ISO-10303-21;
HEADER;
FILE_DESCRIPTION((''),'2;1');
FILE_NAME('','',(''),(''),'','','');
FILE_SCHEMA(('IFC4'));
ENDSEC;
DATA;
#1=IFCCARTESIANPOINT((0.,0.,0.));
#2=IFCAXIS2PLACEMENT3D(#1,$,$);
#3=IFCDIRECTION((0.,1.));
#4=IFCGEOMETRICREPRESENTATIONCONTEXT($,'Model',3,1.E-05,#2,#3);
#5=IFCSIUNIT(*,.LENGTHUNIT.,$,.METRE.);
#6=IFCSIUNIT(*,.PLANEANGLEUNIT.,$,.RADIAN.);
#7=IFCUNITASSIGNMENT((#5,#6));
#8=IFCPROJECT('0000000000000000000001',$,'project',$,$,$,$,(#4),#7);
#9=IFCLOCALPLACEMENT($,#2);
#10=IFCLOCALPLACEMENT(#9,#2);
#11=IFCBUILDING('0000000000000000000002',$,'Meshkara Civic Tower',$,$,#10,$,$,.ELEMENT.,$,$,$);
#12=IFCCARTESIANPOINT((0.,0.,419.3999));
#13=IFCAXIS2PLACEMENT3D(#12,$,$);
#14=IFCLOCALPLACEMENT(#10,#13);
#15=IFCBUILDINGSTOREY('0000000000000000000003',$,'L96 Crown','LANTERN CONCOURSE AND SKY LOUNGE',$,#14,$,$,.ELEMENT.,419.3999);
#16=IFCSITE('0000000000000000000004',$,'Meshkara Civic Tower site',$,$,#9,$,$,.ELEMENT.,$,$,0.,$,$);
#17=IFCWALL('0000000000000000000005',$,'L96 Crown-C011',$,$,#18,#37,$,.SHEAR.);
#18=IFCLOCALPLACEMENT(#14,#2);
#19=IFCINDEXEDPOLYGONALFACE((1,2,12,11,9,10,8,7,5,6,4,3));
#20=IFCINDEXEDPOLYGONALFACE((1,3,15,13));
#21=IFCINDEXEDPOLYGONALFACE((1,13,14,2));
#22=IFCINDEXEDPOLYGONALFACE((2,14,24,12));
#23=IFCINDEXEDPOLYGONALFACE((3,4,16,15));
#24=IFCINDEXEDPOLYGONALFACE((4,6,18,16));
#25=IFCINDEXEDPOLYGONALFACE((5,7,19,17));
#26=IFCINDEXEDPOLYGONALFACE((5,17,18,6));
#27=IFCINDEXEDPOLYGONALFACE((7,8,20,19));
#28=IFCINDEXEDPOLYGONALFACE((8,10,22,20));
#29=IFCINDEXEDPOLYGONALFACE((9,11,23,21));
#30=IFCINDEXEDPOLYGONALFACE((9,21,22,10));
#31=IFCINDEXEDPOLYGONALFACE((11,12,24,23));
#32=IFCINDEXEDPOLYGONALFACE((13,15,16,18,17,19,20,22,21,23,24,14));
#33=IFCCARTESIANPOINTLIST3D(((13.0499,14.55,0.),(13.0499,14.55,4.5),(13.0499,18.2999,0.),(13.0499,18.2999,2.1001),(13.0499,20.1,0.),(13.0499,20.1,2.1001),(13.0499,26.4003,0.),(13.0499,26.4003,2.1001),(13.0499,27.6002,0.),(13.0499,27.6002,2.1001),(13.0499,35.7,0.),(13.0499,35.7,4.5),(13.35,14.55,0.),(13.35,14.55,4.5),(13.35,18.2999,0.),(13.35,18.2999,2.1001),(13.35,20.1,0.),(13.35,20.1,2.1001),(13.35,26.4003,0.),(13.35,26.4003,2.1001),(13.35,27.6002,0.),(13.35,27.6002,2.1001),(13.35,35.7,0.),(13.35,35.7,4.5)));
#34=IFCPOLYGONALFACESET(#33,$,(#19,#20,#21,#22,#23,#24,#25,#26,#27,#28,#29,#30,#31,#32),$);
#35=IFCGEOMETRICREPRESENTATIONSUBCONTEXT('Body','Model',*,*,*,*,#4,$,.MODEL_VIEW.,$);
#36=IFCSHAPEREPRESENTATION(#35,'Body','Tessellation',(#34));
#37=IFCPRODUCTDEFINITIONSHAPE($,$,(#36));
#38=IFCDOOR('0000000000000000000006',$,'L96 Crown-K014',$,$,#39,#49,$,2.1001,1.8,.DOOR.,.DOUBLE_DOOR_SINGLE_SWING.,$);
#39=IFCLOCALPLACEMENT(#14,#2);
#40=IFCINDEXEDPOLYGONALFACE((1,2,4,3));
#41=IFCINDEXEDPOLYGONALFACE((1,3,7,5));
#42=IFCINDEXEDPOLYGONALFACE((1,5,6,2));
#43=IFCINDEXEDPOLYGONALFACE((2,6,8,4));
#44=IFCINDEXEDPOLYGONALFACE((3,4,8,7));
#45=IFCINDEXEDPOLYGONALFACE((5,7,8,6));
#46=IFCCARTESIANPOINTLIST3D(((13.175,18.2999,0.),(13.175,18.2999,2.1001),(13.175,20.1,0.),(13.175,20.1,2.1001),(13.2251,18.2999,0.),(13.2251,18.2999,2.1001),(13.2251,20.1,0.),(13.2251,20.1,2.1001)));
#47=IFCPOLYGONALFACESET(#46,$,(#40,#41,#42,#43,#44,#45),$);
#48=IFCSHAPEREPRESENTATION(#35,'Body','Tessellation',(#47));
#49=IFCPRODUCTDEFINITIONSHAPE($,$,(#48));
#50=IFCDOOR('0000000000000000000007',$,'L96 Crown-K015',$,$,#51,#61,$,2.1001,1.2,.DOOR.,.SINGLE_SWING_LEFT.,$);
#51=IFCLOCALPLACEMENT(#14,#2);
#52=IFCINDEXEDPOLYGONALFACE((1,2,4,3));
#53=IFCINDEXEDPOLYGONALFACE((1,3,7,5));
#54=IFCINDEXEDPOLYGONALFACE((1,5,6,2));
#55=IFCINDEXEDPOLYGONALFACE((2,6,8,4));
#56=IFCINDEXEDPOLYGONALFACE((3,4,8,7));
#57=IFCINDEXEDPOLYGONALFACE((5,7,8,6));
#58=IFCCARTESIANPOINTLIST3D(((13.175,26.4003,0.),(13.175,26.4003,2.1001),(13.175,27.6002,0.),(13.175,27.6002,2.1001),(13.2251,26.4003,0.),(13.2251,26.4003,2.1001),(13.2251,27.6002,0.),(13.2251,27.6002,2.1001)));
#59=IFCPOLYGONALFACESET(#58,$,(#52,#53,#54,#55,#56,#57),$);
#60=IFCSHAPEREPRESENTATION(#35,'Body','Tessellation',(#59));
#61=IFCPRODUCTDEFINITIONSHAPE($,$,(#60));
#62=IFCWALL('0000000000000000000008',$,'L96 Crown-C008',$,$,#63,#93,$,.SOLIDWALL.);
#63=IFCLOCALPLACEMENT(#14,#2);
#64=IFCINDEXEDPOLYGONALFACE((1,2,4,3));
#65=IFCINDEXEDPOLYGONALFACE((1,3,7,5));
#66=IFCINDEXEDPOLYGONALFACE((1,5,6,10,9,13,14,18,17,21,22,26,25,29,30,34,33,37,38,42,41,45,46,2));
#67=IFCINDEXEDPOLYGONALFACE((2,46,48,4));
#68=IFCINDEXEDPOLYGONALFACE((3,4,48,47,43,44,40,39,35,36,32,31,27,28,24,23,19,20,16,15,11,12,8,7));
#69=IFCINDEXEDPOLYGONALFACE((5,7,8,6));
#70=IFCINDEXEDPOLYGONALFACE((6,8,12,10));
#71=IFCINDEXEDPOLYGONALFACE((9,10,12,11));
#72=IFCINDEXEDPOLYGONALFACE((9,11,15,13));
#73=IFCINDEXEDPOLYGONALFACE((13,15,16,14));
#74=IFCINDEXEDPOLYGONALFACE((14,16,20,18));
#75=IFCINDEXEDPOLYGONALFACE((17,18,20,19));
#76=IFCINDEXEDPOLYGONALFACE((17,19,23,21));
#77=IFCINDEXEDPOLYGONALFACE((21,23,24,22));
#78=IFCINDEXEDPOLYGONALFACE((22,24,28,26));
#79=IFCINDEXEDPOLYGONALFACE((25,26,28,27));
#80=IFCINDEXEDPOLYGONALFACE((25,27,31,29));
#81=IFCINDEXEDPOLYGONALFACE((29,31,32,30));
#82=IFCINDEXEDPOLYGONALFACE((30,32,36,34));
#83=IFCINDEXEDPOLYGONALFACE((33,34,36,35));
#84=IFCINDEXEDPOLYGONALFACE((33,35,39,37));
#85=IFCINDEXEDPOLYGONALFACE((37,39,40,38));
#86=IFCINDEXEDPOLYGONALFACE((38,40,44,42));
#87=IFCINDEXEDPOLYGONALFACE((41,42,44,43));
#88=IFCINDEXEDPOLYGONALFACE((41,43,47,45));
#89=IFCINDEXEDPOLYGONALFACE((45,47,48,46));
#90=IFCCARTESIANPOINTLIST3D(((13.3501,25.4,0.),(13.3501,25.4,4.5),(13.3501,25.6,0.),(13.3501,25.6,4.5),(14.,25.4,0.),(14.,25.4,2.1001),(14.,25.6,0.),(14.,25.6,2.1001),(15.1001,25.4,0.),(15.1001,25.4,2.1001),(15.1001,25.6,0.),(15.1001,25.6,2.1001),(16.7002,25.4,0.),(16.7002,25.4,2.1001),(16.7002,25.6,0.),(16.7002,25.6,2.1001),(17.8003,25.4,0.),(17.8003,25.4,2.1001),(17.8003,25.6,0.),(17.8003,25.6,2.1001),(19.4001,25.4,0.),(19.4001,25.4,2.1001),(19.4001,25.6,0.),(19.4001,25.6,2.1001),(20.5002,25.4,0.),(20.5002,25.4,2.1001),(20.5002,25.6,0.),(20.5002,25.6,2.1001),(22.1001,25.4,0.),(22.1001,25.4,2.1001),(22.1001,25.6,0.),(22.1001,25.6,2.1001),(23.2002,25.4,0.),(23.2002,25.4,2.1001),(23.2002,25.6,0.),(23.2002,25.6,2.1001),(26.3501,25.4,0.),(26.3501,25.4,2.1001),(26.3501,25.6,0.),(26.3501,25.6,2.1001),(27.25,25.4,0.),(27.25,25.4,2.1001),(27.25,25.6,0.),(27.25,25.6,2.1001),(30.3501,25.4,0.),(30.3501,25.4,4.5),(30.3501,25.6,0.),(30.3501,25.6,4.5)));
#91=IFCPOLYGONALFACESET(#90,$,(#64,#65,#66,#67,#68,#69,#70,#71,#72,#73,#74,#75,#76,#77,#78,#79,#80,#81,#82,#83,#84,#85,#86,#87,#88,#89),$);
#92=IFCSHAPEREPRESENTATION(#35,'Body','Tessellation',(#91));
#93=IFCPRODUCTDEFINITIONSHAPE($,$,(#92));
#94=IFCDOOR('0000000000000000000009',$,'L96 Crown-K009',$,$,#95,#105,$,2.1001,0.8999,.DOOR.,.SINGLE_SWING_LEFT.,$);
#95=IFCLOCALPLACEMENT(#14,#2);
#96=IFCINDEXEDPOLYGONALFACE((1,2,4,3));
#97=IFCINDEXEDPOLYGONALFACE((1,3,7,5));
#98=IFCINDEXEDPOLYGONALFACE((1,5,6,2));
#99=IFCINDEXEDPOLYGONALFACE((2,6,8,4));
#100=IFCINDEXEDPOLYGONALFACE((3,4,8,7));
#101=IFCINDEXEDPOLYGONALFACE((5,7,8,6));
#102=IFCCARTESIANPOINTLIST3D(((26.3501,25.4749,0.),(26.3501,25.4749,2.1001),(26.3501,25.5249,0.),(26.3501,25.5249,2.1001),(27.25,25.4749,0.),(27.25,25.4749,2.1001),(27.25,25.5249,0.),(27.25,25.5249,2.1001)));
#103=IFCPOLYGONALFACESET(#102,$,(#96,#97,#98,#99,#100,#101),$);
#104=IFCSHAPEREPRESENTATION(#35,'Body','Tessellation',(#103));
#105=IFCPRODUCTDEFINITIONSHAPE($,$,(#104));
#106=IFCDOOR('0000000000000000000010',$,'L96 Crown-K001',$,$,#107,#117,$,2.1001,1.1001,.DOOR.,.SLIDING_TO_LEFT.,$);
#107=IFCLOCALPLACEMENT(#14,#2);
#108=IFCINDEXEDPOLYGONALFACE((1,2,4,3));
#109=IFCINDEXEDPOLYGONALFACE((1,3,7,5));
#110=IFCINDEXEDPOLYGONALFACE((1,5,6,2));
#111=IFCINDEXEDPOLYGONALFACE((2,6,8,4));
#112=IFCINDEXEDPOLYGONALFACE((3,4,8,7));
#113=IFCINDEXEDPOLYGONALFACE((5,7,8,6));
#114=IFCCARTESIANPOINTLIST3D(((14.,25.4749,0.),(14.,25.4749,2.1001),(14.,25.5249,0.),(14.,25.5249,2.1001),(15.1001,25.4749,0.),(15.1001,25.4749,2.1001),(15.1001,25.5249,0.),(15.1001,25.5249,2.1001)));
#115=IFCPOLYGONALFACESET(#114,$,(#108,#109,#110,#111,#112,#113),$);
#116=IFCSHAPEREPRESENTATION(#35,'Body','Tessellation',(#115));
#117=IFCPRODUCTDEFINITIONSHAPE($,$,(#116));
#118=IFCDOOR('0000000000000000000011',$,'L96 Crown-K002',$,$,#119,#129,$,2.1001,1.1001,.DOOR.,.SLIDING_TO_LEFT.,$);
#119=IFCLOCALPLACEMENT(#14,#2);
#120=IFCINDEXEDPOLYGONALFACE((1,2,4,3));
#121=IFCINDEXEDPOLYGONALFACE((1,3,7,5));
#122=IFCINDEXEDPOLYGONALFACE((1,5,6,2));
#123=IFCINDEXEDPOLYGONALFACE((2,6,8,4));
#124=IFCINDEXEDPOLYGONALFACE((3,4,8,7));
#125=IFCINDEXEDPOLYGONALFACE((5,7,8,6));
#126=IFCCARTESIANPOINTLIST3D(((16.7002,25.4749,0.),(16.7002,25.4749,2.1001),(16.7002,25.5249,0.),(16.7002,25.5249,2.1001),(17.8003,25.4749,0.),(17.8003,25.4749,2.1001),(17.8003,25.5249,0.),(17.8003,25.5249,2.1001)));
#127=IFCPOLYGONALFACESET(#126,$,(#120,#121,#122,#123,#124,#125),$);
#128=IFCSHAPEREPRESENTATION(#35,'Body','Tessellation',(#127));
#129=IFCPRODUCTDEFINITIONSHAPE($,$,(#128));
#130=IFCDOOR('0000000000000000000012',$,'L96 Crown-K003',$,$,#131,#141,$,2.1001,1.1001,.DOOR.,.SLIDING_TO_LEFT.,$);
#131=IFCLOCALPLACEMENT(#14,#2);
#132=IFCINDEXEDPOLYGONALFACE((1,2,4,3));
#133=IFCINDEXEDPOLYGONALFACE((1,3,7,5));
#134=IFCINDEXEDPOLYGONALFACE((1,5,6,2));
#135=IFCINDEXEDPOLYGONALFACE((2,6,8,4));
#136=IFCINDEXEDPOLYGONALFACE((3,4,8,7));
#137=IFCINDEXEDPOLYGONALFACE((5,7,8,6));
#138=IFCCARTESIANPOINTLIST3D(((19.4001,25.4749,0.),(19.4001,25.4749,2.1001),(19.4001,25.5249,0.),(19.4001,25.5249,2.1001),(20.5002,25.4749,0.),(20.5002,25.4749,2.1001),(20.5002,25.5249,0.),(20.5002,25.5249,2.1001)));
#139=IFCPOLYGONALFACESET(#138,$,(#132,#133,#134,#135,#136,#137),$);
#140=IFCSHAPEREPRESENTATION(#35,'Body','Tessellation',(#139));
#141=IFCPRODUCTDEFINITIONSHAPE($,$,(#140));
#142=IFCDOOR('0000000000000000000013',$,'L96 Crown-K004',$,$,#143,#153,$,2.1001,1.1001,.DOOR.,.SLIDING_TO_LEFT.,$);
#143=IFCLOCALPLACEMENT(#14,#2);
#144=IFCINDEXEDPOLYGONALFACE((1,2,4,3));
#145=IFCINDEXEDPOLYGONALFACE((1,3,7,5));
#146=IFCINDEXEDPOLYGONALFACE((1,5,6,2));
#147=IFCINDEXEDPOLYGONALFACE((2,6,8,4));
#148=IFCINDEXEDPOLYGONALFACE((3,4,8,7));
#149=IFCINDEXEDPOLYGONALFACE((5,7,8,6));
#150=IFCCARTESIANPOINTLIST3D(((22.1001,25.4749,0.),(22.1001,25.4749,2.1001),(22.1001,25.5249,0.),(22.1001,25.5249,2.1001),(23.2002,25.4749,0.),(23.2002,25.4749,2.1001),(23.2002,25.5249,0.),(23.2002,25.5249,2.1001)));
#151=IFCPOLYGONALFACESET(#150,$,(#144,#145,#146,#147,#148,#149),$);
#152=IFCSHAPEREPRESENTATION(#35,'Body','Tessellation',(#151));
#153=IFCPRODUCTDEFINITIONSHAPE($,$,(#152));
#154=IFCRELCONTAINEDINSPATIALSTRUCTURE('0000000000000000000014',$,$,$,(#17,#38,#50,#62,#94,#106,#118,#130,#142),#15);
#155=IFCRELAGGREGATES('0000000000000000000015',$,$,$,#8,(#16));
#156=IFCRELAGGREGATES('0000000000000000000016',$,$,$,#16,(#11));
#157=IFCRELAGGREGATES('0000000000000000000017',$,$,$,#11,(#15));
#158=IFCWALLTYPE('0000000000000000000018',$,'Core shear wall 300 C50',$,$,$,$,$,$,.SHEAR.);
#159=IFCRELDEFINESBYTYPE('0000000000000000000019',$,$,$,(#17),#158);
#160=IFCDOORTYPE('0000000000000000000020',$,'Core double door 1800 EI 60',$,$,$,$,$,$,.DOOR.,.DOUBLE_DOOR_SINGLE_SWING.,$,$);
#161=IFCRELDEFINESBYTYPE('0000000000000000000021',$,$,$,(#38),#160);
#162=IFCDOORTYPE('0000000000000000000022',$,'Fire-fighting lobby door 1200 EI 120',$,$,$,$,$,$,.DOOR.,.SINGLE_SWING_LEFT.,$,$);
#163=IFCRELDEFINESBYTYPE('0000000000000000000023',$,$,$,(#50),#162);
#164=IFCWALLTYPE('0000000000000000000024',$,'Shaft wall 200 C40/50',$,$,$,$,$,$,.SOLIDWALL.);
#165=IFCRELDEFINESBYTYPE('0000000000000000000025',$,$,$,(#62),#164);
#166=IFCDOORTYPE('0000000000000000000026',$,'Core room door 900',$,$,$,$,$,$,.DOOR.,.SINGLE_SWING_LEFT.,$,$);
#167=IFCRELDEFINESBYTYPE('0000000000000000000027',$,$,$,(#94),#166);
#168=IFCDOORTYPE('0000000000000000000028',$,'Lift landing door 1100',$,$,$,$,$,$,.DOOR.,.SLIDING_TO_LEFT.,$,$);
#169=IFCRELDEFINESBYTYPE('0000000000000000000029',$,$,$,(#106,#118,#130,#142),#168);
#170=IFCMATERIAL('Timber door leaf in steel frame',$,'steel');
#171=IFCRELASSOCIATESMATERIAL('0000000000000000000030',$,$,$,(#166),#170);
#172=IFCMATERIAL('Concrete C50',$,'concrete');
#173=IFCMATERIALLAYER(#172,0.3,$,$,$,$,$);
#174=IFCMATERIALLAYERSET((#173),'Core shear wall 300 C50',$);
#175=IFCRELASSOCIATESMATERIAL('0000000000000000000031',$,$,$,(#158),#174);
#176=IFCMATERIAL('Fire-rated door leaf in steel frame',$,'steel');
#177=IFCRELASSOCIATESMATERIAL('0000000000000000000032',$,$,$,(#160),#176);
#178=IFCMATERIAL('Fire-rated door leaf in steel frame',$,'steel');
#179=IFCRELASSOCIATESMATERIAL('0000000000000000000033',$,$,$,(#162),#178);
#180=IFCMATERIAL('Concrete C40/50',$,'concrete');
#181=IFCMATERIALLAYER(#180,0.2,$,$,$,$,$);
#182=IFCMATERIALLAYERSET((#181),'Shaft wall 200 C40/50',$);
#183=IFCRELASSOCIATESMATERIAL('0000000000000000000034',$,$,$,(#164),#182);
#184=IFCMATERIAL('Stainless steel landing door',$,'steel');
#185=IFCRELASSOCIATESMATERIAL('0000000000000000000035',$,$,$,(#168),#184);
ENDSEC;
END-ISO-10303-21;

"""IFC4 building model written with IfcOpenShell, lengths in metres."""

from ifc_helpers import new_model, si_unit, direction, frame, frame_2d, origin, place, context, subcontext, project, spatial, rectangle, extrude, material, layer, layer_set, type_object, element, fill, save


model = new_model("IFC4")

# Units and contexts
model_context = context("Model", 3, precision=1e-05, world=origin(), true_north=direction((0.0, 1.0)))
body_context = subcontext(model_context, "Body", "Model", "MODEL_VIEW")
ifc_project = project(units=[si_unit("LENGTHUNIT", "METRE"), si_unit("PLANEANGLEUNIT", "RADIAN")], contexts=[model_context])

# Site, building, storey
site_placement = place(None, origin())
site = spatial("IfcSite", under=ifc_project, at=site_placement, Name="Meshkara Civic Tower site", CompositionType="ELEMENT", RefElevation=0.0)
building_placement = place(site_placement, origin())
building = spatial("IfcBuilding", under=site, at=building_placement, Name="Meshkara Civic Tower", CompositionType="ELEMENT")
storey_placement = place(building_placement, frame((0.0, 0.0, 419.3999)))
storey = spatial("IfcBuildingStorey", under=building, at=storey_placement, Name="L96 Crown", Description="LANTERN CONCOURSE AND SKY LOUNGE", CompositionType="ELEMENT", Elevation=419.3999)

# Shared definitions
ifc_material_1 = material(Name="Timber door leaf in steel frame", Category="steel")
door_type_1 = type_object("IfcDoorType", Name="Core room door 900", OperationType="SINGLE_SWING_LEFT", PredefinedType="DOOR", material=ifc_material_1)

# Shared definitions
ifc_material_2 = material(Name="Concrete C50", Category="concrete")
ifc_layer_1 = layer(ifc_material_2, 0.3)
ifc_layer_set_1 = layer_set([ifc_layer_1], Name="Core shear wall 300 C50")
wall_type_1 = type_object("IfcWallType", Name="Core shear wall 300 C50", PredefinedType="SHEAR", material=ifc_layer_set_1)

# Walls, openings, doors
wall_1_placement = place(storey_placement, frame((13.2, 14.55, 0.0), z_axis=(0.0, 0.0, 1.0), x_axis=(0.0, 1.0, 0.0)))
wall_1 = element("IfcWall", 1, at=wall_1_placement, inside=storey, type_object=wall_type_1, Name="L96 Crown-C011", PredefinedType="SHEAR", context=body_context, shape_type="SweptSolid", body=[
    extrude(rectangle(XDim=21.1499, YDim=0.3, at=frame_2d((10.575, 0.0))), origin(), (0.0, 0.0, 1.0), 4.5),
])
opening_1_placement = place(wall_1_placement, frame((3.75, 0.0, 0.0)))
opening_1 = element("IfcOpeningElement", 2, at=opening_1_placement, cuts=wall_1, PredefinedType="OPENING", context=body_context, shape_type="SweptSolid", body=[
    extrude(rectangle(XDim=1.8, YDim=2.1001, at=frame_2d((0.8999, 1.05))), frame((0.0, 0.1599, 0.0), z_axis=(0.0, -1.0, 0.0), x_axis=(1.0, 0.0, 0.0)), (0.0, 0.0, 1.0), 0.3201),
])
opening_2_placement = place(wall_1_placement, frame((11.8501, 0.0, 0.0)))
opening_2 = element("IfcOpeningElement", 3, at=opening_2_placement, cuts=wall_1, PredefinedType="OPENING", context=body_context, shape_type="SweptSolid", body=[
    extrude(rectangle(XDim=1.2, YDim=2.1001, at=frame_2d((0.6001, 1.05))), frame((0.0, 0.1599, 0.0), z_axis=(0.0, -1.0, 0.0), x_axis=(1.0, 0.0, 0.0)), (0.0, 0.0, 1.0), 0.3201),
])
ifc_material_3 = material(Name="Fire-rated door leaf in steel frame", Category="steel")
door_type_2 = type_object("IfcDoorType", Name="Core double door 1800 EI 60", OperationType="DOUBLE_DOOR_SINGLE_SWING", PredefinedType="DOOR", material=ifc_material_3)
door_1_placement = place(opening_1_placement, origin())
door_1 = element("IfcDoor", 4, at=door_1_placement, inside=storey, type_object=door_type_2, Name="L96 Crown-K014", OperationType="DOUBLE_DOOR_SINGLE_SWING", OverallHeight=2.1001, OverallWidth=1.8, PredefinedType="DOOR", context=body_context, shape_type="SweptSolid", body=[
    extrude(rectangle(XDim=1.8, YDim=2.1001, at=frame_2d((0.8999, 1.05))), frame((0.0, 0.0249, 0.0), z_axis=(0.0, -1.0, 0.0), x_axis=(1.0, 0.0, 0.0)), (0.0, 0.0, 1.0), 0.05),
])
fill(opening_1, door_1)
ifc_material_4 = material(Name="Fire-rated door leaf in steel frame", Category="steel")
door_type_3 = type_object("IfcDoorType", Name="Fire-fighting lobby door 1200 EI 120", OperationType="SINGLE_SWING_LEFT", PredefinedType="DOOR", material=ifc_material_4)
door_2_placement = place(opening_2_placement, origin())
door_2 = element("IfcDoor", 5, at=door_2_placement, inside=storey, type_object=door_type_3, Name="L96 Crown-K015", OperationType="SINGLE_SWING_LEFT", OverallHeight=2.1001, OverallWidth=1.2, PredefinedType="DOOR", context=body_context, shape_type="SweptSolid", body=[
    extrude(rectangle(XDim=1.2, YDim=2.1001, at=frame_2d((0.6001, 1.05))), frame((0.0, 0.0249, 0.0), z_axis=(0.0, -1.0, 0.0), x_axis=(1.0, 0.0, 0.0)), (0.0, 0.0, 1.0), 0.05),
])
fill(opening_2, door_2)
ifc_material_5 = material(Name="Concrete C40/50", Category="concrete")
ifc_layer_2 = layer(ifc_material_5, 0.2)
ifc_layer_set_2 = layer_set([ifc_layer_2], Name="Shaft wall 200 C40/50")
wall_type_2 = type_object("IfcWallType", Name="Shaft wall 200 C40/50", PredefinedType="SOLIDWALL", material=ifc_layer_set_2)
wall_2_placement = place(storey_placement, frame((13.3501, 25.5, 0.0), z_axis=(0.0, 0.0, 1.0), x_axis=(1.0, 0.0, 0.0)))
wall_2 = element("IfcWall", 6, at=wall_2_placement, inside=storey, type_object=wall_type_2, Name="L96 Crown-C008", PredefinedType="SOLIDWALL", context=body_context, shape_type="SweptSolid", body=[
    extrude(rectangle(XDim=17.0, YDim=0.2, at=frame_2d((8.5, 0.0))), origin(), (0.0, 0.0, 1.0), 4.5),
])
opening_3_placement = place(wall_2_placement, frame((0.6499, 0.0, 0.0)))
opening_3 = element("IfcOpeningElement", 7, at=opening_3_placement, cuts=wall_2, PredefinedType="OPENING", context=body_context, shape_type="SweptSolid", body=[
    extrude(rectangle(XDim=1.1001, YDim=2.1001, at=frame_2d((0.55, 1.05))), frame((0.0, 0.1099, 0.0), z_axis=(0.0, -1.0, 0.0), x_axis=(1.0, 0.0, 0.0)), (0.0, 0.0, 1.0), 0.22),
])
opening_4_placement = place(wall_2_placement, frame((3.3501, 0.0, 0.0)))
opening_4 = element("IfcOpeningElement", 8, at=opening_4_placement, cuts=wall_2, PredefinedType="OPENING", context=body_context, shape_type="SweptSolid", body=[
    extrude(rectangle(XDim=1.1001, YDim=2.1001, at=frame_2d((0.55, 1.05))), frame((0.0, 0.1099, 0.0), z_axis=(0.0, -1.0, 0.0), x_axis=(1.0, 0.0, 0.0)), (0.0, 0.0, 1.0), 0.22),
])
opening_5_placement = place(wall_2_placement, frame((6.05, 0.0, 0.0)))
opening_5 = element("IfcOpeningElement", 9, at=opening_5_placement, cuts=wall_2, PredefinedType="OPENING", context=body_context, shape_type="SweptSolid", body=[
    extrude(rectangle(XDim=1.1001, YDim=2.1001, at=frame_2d((0.55, 1.05))), frame((0.0, 0.1099, 0.0), z_axis=(0.0, -1.0, 0.0), x_axis=(1.0, 0.0, 0.0)), (0.0, 0.0, 1.0), 0.22),
])
opening_6_placement = place(wall_2_placement, frame((8.75, 0.0, 0.0)))
opening_6 = element("IfcOpeningElement", 10, at=opening_6_placement, cuts=wall_2, PredefinedType="OPENING", context=body_context, shape_type="SweptSolid", body=[
    extrude(rectangle(XDim=1.1001, YDim=2.1001, at=frame_2d((0.55, 1.05))), frame((0.0, 0.1099, 0.0), z_axis=(0.0, -1.0, 0.0), x_axis=(1.0, 0.0, 0.0)), (0.0, 0.0, 1.0), 0.22),
])
opening_7_placement = place(wall_2_placement, frame((13.0, 0.0, 0.0)))
opening_7 = element("IfcOpeningElement", 11, at=opening_7_placement, cuts=wall_2, PredefinedType="OPENING", context=body_context, shape_type="SweptSolid", body=[
    extrude(rectangle(XDim=0.8999, YDim=2.1001, at=frame_2d((0.45, 1.05))), frame((0.0, 0.1099, 0.0), z_axis=(0.0, -1.0, 0.0), x_axis=(1.0, 0.0, 0.0)), (0.0, 0.0, 1.0), 0.22),
])
door_3_placement = place(opening_7_placement, origin())
door_3 = element("IfcDoor", 12, at=door_3_placement, inside=storey, type_object=door_type_1, Name="L96 Crown-K009", OperationType="SINGLE_SWING_LEFT", OverallHeight=2.1001, OverallWidth=0.8999, PredefinedType="DOOR", context=body_context, shape_type="SweptSolid", body=[
    extrude(rectangle(XDim=0.8999, YDim=2.1001, at=frame_2d((0.45, 1.05))), frame((0.0, 0.0249, 0.0), z_axis=(0.0, -1.0, 0.0), x_axis=(1.0, 0.0, 0.0)), (0.0, 0.0, 1.0), 0.05),
])
fill(opening_7, door_3)
ifc_material_6 = material(Name="Stainless steel landing door", Category="steel")
door_type_4 = type_object("IfcDoorType", Name="Lift landing door 1100", OperationType="SLIDING_TO_LEFT", PredefinedType="DOOR", material=ifc_material_6)
door_4_placement = place(opening_3_placement, origin())
door_4 = element("IfcDoor", 13, at=door_4_placement, inside=storey, type_object=door_type_4, Name="L96 Crown-K001", OperationType="SLIDING_TO_LEFT", OverallHeight=2.1001, OverallWidth=1.1001, PredefinedType="DOOR", context=body_context, shape_type="SweptSolid", body=[
    extrude(rectangle(XDim=1.1001, YDim=2.1001, at=frame_2d((0.55, 1.05))), frame((0.0, 0.0249, 0.0), z_axis=(0.0, -1.0, 0.0), x_axis=(1.0, 0.0, 0.0)), (0.0, 0.0, 1.0), 0.05),
])
fill(opening_3, door_4)
door_5_placement = place(opening_4_placement, origin())
door_5 = element("IfcDoor", 14, at=door_5_placement, inside=storey, type_object=door_type_4, Name="L96 Crown-K002", OperationType="SLIDING_TO_LEFT", OverallHeight=2.1001, OverallWidth=1.1001, PredefinedType="DOOR", context=body_context, shape_type="SweptSolid", body=[
    extrude(rectangle(XDim=1.1001, YDim=2.1001, at=frame_2d((0.55, 1.05))), frame((0.0, 0.0249, 0.0), z_axis=(0.0, -1.0, 0.0), x_axis=(1.0, 0.0, 0.0)), (0.0, 0.0, 1.0), 0.05),
])
fill(opening_4, door_5)
door_6_placement = place(opening_5_placement, origin())
door_6 = element("IfcDoor", 15, at=door_6_placement, inside=storey, type_object=door_type_4, Name="L96 Crown-K003", OperationType="SLIDING_TO_LEFT", OverallHeight=2.1001, OverallWidth=1.1001, PredefinedType="DOOR", context=body_context, shape_type="SweptSolid", body=[
    extrude(rectangle(XDim=1.1001, YDim=2.1001, at=frame_2d((0.55, 1.05))), frame((0.0, 0.0249, 0.0), z_axis=(0.0, -1.0, 0.0), x_axis=(1.0, 0.0, 0.0)), (0.0, 0.0, 1.0), 0.05),
])
fill(opening_5, door_6)
door_7_placement = place(opening_6_placement, origin())
door_7 = element("IfcDoor", 16, at=door_7_placement, inside=storey, type_object=door_type_4, Name="L96 Crown-K004", OperationType="SLIDING_TO_LEFT", OverallHeight=2.1001, OverallWidth=1.1001, PredefinedType="DOOR", context=body_context, shape_type="SweptSolid", body=[
    extrude(rectangle(XDim=1.1001, YDim=2.1001, at=frame_2d((0.55, 1.05))), frame((0.0, 0.0249, 0.0), z_axis=(0.0, -1.0, 0.0), x_axis=(1.0, 0.0, 0.0)), (0.0, 0.0, 1.0), 0.05),
])
fill(opening_6, door_7)

save(model, "model.ifc")
